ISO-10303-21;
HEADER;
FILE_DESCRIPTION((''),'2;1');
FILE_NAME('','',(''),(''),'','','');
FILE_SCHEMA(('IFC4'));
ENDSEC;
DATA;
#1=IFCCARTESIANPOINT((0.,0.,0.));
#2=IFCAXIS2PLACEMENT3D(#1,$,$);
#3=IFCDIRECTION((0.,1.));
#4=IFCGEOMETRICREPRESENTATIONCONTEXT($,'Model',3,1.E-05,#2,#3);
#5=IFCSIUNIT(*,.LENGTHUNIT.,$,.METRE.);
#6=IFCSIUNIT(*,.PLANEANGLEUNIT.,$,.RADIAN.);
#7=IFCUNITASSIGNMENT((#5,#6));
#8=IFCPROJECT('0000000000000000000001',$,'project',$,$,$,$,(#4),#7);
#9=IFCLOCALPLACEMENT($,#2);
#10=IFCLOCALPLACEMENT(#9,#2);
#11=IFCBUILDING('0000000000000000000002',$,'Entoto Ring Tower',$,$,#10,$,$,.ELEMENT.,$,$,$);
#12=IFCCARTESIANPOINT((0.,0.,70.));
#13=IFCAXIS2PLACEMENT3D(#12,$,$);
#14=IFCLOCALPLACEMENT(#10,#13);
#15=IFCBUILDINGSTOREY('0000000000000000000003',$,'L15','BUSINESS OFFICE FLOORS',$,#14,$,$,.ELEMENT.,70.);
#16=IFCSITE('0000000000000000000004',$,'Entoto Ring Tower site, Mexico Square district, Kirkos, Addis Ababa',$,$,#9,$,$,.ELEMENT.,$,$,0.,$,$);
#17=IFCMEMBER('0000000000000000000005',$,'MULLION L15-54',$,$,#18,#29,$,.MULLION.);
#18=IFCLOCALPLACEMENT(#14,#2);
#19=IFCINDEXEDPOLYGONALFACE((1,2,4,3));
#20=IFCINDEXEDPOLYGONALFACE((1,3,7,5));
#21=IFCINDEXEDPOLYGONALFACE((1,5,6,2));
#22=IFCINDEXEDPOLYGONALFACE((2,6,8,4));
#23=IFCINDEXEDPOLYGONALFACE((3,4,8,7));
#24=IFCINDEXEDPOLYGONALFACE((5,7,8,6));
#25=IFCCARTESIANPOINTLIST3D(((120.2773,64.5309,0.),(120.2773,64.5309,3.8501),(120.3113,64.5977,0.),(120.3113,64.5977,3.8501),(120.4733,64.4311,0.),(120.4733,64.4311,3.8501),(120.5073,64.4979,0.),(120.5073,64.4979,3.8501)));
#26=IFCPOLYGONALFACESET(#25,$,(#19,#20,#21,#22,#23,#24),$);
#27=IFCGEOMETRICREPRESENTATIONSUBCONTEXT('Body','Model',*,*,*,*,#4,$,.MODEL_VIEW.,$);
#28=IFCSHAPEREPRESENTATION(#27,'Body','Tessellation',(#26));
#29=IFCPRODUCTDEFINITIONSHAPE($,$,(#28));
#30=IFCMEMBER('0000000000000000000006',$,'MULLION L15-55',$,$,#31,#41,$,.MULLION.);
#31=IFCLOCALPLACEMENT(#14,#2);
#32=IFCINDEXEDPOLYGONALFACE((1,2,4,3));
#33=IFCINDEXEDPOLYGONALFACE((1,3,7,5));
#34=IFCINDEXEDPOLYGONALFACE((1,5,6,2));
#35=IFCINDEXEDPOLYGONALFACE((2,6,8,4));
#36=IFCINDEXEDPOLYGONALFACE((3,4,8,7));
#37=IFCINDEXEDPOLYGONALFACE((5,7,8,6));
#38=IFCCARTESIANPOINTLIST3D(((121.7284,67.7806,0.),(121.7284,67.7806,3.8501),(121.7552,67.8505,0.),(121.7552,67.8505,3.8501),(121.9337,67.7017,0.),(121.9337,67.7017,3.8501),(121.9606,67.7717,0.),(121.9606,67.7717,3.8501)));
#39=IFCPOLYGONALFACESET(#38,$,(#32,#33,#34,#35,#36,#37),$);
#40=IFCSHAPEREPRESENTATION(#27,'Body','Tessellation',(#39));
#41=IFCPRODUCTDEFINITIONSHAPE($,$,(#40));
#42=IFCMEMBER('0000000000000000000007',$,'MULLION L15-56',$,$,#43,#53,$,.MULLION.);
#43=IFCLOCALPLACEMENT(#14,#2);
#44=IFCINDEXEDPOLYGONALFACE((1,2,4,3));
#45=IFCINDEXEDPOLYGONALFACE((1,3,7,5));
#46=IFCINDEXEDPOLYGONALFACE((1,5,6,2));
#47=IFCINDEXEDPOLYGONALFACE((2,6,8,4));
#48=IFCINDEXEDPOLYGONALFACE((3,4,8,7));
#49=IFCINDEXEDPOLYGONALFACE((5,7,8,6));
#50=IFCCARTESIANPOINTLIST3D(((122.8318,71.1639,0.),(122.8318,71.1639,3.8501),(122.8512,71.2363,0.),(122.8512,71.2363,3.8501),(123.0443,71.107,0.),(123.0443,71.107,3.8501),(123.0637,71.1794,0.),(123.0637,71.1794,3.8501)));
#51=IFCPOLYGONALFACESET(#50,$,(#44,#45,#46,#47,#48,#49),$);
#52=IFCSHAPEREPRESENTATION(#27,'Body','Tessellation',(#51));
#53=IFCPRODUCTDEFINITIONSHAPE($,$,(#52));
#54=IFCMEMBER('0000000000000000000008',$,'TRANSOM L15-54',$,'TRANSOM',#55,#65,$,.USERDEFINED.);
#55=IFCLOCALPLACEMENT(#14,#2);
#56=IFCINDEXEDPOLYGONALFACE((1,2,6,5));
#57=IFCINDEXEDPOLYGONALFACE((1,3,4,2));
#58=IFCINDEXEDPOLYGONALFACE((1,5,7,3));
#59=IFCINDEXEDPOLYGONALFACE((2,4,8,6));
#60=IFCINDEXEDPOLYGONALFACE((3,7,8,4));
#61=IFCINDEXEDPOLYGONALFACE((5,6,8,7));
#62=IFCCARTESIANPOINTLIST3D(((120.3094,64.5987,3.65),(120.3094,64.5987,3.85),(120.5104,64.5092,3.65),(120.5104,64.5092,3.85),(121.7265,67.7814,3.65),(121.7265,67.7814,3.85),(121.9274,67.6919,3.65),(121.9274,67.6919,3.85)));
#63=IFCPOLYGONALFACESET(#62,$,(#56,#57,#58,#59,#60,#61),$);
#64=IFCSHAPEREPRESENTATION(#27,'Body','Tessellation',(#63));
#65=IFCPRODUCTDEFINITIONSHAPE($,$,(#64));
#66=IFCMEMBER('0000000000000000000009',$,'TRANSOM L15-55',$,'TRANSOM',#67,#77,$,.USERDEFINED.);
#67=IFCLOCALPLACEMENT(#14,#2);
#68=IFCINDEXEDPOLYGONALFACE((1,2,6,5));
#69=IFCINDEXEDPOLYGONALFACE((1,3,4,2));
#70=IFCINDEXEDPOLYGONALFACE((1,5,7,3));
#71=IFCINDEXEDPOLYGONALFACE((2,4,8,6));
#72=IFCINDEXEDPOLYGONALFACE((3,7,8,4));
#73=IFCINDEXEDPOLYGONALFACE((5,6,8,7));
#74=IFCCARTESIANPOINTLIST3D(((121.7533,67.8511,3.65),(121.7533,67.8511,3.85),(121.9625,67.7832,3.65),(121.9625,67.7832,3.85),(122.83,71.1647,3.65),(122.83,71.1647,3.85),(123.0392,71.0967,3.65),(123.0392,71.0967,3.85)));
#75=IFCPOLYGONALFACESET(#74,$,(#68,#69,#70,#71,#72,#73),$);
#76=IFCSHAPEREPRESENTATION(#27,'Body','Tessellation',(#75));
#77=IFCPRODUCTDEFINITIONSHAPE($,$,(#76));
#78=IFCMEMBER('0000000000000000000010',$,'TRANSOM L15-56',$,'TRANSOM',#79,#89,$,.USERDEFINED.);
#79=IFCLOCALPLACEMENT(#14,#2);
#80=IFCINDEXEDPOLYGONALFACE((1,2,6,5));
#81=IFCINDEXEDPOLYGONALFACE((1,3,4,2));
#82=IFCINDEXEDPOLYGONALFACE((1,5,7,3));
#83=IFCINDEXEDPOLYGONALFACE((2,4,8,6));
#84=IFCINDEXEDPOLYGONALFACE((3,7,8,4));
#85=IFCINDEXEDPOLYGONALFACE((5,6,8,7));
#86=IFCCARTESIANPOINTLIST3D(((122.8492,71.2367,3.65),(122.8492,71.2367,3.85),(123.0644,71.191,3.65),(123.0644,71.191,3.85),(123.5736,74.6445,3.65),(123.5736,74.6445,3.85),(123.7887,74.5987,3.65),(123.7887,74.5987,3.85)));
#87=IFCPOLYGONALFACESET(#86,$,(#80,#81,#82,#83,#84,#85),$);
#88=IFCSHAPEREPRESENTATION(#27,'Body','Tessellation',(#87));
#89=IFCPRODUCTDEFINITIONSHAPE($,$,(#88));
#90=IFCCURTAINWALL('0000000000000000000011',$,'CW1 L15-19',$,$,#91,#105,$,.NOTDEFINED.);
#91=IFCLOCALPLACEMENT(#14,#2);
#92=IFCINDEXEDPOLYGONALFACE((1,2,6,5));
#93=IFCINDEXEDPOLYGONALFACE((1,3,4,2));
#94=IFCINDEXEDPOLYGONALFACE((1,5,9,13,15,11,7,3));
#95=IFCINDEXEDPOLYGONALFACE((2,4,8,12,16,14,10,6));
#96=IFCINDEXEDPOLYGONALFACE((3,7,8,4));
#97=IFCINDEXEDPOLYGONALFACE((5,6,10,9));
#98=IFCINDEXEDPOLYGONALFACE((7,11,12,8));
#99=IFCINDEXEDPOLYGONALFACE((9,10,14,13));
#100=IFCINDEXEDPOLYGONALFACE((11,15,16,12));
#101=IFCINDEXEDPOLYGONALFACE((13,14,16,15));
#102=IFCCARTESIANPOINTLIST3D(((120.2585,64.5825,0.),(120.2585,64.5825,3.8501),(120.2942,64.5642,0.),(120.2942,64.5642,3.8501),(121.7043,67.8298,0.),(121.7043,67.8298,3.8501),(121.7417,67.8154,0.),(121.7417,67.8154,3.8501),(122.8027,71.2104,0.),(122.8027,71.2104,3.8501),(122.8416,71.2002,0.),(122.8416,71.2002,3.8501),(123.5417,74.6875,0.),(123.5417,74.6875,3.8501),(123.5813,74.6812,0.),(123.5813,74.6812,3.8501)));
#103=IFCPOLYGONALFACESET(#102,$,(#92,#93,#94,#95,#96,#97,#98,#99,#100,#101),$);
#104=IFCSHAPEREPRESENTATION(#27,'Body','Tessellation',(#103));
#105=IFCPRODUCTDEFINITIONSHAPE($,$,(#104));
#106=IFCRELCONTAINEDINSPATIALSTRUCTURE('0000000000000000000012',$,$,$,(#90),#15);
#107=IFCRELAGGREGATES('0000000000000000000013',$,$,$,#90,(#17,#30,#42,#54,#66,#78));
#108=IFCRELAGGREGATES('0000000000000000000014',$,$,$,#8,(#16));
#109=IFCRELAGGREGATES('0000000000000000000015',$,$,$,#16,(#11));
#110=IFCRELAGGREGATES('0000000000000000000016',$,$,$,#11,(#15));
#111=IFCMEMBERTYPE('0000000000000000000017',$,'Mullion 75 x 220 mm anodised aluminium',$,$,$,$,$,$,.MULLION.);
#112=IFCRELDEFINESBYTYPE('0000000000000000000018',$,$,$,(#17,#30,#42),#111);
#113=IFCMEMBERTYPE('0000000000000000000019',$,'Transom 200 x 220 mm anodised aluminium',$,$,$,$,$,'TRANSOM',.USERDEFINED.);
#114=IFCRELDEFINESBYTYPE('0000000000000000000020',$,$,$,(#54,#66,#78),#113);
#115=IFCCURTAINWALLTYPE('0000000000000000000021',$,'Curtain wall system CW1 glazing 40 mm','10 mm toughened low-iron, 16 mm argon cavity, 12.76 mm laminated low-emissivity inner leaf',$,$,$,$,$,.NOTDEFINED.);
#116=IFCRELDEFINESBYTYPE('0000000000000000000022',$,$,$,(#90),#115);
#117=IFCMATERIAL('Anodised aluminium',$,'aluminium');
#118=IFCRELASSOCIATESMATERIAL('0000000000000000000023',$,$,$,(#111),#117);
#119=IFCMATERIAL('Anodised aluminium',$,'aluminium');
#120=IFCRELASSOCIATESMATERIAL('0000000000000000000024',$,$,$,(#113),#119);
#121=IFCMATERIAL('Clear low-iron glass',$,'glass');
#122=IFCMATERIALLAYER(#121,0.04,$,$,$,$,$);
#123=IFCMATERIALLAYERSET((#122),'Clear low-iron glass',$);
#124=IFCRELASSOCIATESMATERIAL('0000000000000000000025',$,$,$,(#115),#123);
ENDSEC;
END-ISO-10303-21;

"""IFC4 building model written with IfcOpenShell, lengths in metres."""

from ifc_helpers import new_model, si_unit, direction, frame, origin, origin_2d, place, context, subcontext, project, spatial, polyline, rectangle, outline, extrude, material, layer, layer_set, material_profile, profile_set, type_object, element, aggregate, save


model = new_model("IFC4")

# Units and contexts
model_context = context("Model", 3, precision=1e-05, world=origin(), true_north=direction((0.0, 1.0)))
body_context = subcontext(model_context, "Body", "Model", "MODEL_VIEW")
ifc_project = project(units=[si_unit("LENGTHUNIT", "METRE"), si_unit("PLANEANGLEUNIT", "RADIAN")], contexts=[model_context])

# Members
ifc_material_1 = material(Name="Anodised aluminium", Category="aluminium")
ifc_material_profile_1 = material_profile(ifc_material_1, rectangle(XDim=0.075, YDim=0.22, at=origin_2d()), Name="Mullion 75 x 220 mm anodised aluminium")
ifc_profile_set_1 = profile_set([ifc_material_profile_1], Name="Anodised aluminium")
member_type_1 = type_object("IfcMemberType", Name="Mullion 75 x 220 mm anodised aluminium", PredefinedType="MULLION", material=ifc_profile_set_1)
site_placement = place(None, origin())
building_placement = place(site_placement, origin())
storey_placement = place(building_placement, frame((0.0, 0.0, 70.0)))
member_1_placement = place(storey_placement, frame((120.3923, 64.5144, 0.0), z_axis=(0.0, 0.0, 1.0), x_axis=(0.45399, 0.891007, 0.0)))
member_1 = element("IfcMember", 1, at=member_1_placement, type_object=member_type_1, Name="MULLION L15-54", PredefinedType="MULLION", context=body_context, shape_type="SweptSolid", body=[
    extrude(rectangle(XDim=0.075, YDim=0.22, at=origin_2d()), origin(), (0.0, 0.0, 1.0), 3.8501),
])
member_2_placement = place(storey_placement, frame((121.8445, 67.7761, 0.0), z_axis=(0.0, 0.0, 1.0), x_axis=(0.358368, 0.93358, 0.0)))
member_2 = element("IfcMember", 2, at=member_2_placement, type_object=member_type_1, Name="MULLION L15-55", PredefinedType="MULLION", context=body_context, shape_type="SweptSolid", body=[
    extrude(rectangle(XDim=0.075, YDim=0.22, at=origin_2d()), origin(), (0.0, 0.0, 1.0), 3.8501),
])
member_3_placement = place(storey_placement, frame((122.9478, 71.1716, 0.0), z_axis=(0.0, 0.0, 1.0), x_axis=(0.258819, 0.965926, 0.0)))
member_3 = element("IfcMember", 3, at=member_3_placement, type_object=member_type_1, Name="MULLION L15-56", PredefinedType="MULLION", context=body_context, shape_type="SweptSolid", body=[
    extrude(rectangle(XDim=0.075, YDim=0.22, at=origin_2d()), origin(), (0.0, 0.0, 1.0), 3.8501),
])
ifc_material_2 = material(Name="Anodised aluminium", Category="aluminium")
ifc_material_profile_2 = material_profile(ifc_material_2, rectangle(XDim=0.22, YDim=0.2, at=origin_2d()), Name="Transom 200 x 220 mm anodised aluminium")
ifc_profile_set_2 = profile_set([ifc_material_profile_2], Name="Anodised aluminium")
member_type_2 = type_object("IfcMemberType", Name="Transom 200 x 220 mm anodised aluminium", ElementType="TRANSOM", PredefinedType="USERDEFINED", material=ifc_profile_set_2)
member_4_placement = place(storey_placement, frame((120.4099, 64.554, 3.75), z_axis=(0.406737, 0.913545, 0.0), x_axis=(-0.913545, 0.406737, 0.0)))
member_4 = element("IfcMember", 4, at=member_4_placement, type_object=member_type_2, Name="TRANSOM L15-54", ObjectType="TRANSOM", PredefinedType="USERDEFINED", context=body_context, shape_type="SweptSolid", body=[
    extrude(rectangle(XDim=0.22, YDim=0.2, at=origin_2d()), origin(), (0.0, 0.0, 1.0), 3.4839),
])
member_5_placement = place(storey_placement, frame((121.8579, 67.8171, 3.75), z_axis=(0.309029, 0.951053, 0.0), x_axis=(-0.951053, 0.309029, 0.0)))
member_5 = element("IfcMember", 5, at=member_5_placement, type_object=member_type_2, Name="TRANSOM L15-55", ObjectType="TRANSOM", PredefinedType="USERDEFINED", context=body_context, shape_type="SweptSolid", body=[
    extrude(rectangle(XDim=0.22, YDim=0.2, at=origin_2d()), origin(), (0.0, 0.0, 1.0), 3.4841),
])
member_6_placement = place(storey_placement, frame((122.9568, 71.2139, 3.75), z_axis=(0.207921, 0.978146, 0.0), x_axis=(-0.978146, 0.207921, 0.0)))
member_6 = element("IfcMember", 6, at=member_6_placement, type_object=member_type_2, Name="TRANSOM L15-56", ObjectType="TRANSOM", PredefinedType="USERDEFINED", context=body_context, shape_type="SweptSolid", body=[
    extrude(rectangle(XDim=0.22, YDim=0.2, at=origin_2d()), origin(), (0.0, 0.0, 1.0), 3.4839),
])

# Site, building, storey
site = spatial("IfcSite", under=ifc_project, at=site_placement, Name="Entoto Ring Tower site, Mexico Square district, Kirkos, Addis Ababa", CompositionType="ELEMENT", RefElevation=0.0)
building = spatial("IfcBuilding", under=site, at=building_placement, Name="Entoto Ring Tower", CompositionType="ELEMENT")
storey = spatial("IfcBuildingStorey", under=building, at=storey_placement, Name="L15", Description="BUSINESS OFFICE FLOORS", CompositionType="ELEMENT", Elevation=70.0)

# Curtain wall
ifc_material_3 = material(Name="Clear low-iron glass", Category="glass")
ifc_layer_1 = layer(ifc_material_3, 0.04)
ifc_layer_set_1 = layer_set([ifc_layer_1], Name="Clear low-iron glass")
curtain_wall_type = type_object("IfcCurtainWallType", Name="Curtain wall system CW1 glazing 40 mm", Description="10 mm toughened low-iron, 16 mm argon cavity, 12.76 mm laminated low-emissivity inner leaf", PredefinedType="NOTDEFINED", material=ifc_layer_set_1)
curtain_wall_1_placement = place(storey_placement, origin())
curtain_wall_1 = element("IfcCurtainWall", 7, at=curtain_wall_1_placement, inside=storey, type_object=curtain_wall_type, Name="CW1 L15-19", PredefinedType="NOTDEFINED", context=body_context, shape_type="SweptSolid", body=[
    extrude(outline(polyline([(120.2942, 64.5642), (121.7417, 67.8154), (122.8416, 71.2002), (123.5813, 74.6812), (123.5417, 74.6875), (122.8027, 71.2104), (121.7043, 67.8298), (120.2585, 64.5825), (120.2942, 64.5642)])), origin(), (0.0, 0.0, 1.0), 3.8501),
])
aggregate(curtain_wall_1, [member_1, member_2, member_3, member_4, member_5, member_6])

save(model, "model.ifc")
